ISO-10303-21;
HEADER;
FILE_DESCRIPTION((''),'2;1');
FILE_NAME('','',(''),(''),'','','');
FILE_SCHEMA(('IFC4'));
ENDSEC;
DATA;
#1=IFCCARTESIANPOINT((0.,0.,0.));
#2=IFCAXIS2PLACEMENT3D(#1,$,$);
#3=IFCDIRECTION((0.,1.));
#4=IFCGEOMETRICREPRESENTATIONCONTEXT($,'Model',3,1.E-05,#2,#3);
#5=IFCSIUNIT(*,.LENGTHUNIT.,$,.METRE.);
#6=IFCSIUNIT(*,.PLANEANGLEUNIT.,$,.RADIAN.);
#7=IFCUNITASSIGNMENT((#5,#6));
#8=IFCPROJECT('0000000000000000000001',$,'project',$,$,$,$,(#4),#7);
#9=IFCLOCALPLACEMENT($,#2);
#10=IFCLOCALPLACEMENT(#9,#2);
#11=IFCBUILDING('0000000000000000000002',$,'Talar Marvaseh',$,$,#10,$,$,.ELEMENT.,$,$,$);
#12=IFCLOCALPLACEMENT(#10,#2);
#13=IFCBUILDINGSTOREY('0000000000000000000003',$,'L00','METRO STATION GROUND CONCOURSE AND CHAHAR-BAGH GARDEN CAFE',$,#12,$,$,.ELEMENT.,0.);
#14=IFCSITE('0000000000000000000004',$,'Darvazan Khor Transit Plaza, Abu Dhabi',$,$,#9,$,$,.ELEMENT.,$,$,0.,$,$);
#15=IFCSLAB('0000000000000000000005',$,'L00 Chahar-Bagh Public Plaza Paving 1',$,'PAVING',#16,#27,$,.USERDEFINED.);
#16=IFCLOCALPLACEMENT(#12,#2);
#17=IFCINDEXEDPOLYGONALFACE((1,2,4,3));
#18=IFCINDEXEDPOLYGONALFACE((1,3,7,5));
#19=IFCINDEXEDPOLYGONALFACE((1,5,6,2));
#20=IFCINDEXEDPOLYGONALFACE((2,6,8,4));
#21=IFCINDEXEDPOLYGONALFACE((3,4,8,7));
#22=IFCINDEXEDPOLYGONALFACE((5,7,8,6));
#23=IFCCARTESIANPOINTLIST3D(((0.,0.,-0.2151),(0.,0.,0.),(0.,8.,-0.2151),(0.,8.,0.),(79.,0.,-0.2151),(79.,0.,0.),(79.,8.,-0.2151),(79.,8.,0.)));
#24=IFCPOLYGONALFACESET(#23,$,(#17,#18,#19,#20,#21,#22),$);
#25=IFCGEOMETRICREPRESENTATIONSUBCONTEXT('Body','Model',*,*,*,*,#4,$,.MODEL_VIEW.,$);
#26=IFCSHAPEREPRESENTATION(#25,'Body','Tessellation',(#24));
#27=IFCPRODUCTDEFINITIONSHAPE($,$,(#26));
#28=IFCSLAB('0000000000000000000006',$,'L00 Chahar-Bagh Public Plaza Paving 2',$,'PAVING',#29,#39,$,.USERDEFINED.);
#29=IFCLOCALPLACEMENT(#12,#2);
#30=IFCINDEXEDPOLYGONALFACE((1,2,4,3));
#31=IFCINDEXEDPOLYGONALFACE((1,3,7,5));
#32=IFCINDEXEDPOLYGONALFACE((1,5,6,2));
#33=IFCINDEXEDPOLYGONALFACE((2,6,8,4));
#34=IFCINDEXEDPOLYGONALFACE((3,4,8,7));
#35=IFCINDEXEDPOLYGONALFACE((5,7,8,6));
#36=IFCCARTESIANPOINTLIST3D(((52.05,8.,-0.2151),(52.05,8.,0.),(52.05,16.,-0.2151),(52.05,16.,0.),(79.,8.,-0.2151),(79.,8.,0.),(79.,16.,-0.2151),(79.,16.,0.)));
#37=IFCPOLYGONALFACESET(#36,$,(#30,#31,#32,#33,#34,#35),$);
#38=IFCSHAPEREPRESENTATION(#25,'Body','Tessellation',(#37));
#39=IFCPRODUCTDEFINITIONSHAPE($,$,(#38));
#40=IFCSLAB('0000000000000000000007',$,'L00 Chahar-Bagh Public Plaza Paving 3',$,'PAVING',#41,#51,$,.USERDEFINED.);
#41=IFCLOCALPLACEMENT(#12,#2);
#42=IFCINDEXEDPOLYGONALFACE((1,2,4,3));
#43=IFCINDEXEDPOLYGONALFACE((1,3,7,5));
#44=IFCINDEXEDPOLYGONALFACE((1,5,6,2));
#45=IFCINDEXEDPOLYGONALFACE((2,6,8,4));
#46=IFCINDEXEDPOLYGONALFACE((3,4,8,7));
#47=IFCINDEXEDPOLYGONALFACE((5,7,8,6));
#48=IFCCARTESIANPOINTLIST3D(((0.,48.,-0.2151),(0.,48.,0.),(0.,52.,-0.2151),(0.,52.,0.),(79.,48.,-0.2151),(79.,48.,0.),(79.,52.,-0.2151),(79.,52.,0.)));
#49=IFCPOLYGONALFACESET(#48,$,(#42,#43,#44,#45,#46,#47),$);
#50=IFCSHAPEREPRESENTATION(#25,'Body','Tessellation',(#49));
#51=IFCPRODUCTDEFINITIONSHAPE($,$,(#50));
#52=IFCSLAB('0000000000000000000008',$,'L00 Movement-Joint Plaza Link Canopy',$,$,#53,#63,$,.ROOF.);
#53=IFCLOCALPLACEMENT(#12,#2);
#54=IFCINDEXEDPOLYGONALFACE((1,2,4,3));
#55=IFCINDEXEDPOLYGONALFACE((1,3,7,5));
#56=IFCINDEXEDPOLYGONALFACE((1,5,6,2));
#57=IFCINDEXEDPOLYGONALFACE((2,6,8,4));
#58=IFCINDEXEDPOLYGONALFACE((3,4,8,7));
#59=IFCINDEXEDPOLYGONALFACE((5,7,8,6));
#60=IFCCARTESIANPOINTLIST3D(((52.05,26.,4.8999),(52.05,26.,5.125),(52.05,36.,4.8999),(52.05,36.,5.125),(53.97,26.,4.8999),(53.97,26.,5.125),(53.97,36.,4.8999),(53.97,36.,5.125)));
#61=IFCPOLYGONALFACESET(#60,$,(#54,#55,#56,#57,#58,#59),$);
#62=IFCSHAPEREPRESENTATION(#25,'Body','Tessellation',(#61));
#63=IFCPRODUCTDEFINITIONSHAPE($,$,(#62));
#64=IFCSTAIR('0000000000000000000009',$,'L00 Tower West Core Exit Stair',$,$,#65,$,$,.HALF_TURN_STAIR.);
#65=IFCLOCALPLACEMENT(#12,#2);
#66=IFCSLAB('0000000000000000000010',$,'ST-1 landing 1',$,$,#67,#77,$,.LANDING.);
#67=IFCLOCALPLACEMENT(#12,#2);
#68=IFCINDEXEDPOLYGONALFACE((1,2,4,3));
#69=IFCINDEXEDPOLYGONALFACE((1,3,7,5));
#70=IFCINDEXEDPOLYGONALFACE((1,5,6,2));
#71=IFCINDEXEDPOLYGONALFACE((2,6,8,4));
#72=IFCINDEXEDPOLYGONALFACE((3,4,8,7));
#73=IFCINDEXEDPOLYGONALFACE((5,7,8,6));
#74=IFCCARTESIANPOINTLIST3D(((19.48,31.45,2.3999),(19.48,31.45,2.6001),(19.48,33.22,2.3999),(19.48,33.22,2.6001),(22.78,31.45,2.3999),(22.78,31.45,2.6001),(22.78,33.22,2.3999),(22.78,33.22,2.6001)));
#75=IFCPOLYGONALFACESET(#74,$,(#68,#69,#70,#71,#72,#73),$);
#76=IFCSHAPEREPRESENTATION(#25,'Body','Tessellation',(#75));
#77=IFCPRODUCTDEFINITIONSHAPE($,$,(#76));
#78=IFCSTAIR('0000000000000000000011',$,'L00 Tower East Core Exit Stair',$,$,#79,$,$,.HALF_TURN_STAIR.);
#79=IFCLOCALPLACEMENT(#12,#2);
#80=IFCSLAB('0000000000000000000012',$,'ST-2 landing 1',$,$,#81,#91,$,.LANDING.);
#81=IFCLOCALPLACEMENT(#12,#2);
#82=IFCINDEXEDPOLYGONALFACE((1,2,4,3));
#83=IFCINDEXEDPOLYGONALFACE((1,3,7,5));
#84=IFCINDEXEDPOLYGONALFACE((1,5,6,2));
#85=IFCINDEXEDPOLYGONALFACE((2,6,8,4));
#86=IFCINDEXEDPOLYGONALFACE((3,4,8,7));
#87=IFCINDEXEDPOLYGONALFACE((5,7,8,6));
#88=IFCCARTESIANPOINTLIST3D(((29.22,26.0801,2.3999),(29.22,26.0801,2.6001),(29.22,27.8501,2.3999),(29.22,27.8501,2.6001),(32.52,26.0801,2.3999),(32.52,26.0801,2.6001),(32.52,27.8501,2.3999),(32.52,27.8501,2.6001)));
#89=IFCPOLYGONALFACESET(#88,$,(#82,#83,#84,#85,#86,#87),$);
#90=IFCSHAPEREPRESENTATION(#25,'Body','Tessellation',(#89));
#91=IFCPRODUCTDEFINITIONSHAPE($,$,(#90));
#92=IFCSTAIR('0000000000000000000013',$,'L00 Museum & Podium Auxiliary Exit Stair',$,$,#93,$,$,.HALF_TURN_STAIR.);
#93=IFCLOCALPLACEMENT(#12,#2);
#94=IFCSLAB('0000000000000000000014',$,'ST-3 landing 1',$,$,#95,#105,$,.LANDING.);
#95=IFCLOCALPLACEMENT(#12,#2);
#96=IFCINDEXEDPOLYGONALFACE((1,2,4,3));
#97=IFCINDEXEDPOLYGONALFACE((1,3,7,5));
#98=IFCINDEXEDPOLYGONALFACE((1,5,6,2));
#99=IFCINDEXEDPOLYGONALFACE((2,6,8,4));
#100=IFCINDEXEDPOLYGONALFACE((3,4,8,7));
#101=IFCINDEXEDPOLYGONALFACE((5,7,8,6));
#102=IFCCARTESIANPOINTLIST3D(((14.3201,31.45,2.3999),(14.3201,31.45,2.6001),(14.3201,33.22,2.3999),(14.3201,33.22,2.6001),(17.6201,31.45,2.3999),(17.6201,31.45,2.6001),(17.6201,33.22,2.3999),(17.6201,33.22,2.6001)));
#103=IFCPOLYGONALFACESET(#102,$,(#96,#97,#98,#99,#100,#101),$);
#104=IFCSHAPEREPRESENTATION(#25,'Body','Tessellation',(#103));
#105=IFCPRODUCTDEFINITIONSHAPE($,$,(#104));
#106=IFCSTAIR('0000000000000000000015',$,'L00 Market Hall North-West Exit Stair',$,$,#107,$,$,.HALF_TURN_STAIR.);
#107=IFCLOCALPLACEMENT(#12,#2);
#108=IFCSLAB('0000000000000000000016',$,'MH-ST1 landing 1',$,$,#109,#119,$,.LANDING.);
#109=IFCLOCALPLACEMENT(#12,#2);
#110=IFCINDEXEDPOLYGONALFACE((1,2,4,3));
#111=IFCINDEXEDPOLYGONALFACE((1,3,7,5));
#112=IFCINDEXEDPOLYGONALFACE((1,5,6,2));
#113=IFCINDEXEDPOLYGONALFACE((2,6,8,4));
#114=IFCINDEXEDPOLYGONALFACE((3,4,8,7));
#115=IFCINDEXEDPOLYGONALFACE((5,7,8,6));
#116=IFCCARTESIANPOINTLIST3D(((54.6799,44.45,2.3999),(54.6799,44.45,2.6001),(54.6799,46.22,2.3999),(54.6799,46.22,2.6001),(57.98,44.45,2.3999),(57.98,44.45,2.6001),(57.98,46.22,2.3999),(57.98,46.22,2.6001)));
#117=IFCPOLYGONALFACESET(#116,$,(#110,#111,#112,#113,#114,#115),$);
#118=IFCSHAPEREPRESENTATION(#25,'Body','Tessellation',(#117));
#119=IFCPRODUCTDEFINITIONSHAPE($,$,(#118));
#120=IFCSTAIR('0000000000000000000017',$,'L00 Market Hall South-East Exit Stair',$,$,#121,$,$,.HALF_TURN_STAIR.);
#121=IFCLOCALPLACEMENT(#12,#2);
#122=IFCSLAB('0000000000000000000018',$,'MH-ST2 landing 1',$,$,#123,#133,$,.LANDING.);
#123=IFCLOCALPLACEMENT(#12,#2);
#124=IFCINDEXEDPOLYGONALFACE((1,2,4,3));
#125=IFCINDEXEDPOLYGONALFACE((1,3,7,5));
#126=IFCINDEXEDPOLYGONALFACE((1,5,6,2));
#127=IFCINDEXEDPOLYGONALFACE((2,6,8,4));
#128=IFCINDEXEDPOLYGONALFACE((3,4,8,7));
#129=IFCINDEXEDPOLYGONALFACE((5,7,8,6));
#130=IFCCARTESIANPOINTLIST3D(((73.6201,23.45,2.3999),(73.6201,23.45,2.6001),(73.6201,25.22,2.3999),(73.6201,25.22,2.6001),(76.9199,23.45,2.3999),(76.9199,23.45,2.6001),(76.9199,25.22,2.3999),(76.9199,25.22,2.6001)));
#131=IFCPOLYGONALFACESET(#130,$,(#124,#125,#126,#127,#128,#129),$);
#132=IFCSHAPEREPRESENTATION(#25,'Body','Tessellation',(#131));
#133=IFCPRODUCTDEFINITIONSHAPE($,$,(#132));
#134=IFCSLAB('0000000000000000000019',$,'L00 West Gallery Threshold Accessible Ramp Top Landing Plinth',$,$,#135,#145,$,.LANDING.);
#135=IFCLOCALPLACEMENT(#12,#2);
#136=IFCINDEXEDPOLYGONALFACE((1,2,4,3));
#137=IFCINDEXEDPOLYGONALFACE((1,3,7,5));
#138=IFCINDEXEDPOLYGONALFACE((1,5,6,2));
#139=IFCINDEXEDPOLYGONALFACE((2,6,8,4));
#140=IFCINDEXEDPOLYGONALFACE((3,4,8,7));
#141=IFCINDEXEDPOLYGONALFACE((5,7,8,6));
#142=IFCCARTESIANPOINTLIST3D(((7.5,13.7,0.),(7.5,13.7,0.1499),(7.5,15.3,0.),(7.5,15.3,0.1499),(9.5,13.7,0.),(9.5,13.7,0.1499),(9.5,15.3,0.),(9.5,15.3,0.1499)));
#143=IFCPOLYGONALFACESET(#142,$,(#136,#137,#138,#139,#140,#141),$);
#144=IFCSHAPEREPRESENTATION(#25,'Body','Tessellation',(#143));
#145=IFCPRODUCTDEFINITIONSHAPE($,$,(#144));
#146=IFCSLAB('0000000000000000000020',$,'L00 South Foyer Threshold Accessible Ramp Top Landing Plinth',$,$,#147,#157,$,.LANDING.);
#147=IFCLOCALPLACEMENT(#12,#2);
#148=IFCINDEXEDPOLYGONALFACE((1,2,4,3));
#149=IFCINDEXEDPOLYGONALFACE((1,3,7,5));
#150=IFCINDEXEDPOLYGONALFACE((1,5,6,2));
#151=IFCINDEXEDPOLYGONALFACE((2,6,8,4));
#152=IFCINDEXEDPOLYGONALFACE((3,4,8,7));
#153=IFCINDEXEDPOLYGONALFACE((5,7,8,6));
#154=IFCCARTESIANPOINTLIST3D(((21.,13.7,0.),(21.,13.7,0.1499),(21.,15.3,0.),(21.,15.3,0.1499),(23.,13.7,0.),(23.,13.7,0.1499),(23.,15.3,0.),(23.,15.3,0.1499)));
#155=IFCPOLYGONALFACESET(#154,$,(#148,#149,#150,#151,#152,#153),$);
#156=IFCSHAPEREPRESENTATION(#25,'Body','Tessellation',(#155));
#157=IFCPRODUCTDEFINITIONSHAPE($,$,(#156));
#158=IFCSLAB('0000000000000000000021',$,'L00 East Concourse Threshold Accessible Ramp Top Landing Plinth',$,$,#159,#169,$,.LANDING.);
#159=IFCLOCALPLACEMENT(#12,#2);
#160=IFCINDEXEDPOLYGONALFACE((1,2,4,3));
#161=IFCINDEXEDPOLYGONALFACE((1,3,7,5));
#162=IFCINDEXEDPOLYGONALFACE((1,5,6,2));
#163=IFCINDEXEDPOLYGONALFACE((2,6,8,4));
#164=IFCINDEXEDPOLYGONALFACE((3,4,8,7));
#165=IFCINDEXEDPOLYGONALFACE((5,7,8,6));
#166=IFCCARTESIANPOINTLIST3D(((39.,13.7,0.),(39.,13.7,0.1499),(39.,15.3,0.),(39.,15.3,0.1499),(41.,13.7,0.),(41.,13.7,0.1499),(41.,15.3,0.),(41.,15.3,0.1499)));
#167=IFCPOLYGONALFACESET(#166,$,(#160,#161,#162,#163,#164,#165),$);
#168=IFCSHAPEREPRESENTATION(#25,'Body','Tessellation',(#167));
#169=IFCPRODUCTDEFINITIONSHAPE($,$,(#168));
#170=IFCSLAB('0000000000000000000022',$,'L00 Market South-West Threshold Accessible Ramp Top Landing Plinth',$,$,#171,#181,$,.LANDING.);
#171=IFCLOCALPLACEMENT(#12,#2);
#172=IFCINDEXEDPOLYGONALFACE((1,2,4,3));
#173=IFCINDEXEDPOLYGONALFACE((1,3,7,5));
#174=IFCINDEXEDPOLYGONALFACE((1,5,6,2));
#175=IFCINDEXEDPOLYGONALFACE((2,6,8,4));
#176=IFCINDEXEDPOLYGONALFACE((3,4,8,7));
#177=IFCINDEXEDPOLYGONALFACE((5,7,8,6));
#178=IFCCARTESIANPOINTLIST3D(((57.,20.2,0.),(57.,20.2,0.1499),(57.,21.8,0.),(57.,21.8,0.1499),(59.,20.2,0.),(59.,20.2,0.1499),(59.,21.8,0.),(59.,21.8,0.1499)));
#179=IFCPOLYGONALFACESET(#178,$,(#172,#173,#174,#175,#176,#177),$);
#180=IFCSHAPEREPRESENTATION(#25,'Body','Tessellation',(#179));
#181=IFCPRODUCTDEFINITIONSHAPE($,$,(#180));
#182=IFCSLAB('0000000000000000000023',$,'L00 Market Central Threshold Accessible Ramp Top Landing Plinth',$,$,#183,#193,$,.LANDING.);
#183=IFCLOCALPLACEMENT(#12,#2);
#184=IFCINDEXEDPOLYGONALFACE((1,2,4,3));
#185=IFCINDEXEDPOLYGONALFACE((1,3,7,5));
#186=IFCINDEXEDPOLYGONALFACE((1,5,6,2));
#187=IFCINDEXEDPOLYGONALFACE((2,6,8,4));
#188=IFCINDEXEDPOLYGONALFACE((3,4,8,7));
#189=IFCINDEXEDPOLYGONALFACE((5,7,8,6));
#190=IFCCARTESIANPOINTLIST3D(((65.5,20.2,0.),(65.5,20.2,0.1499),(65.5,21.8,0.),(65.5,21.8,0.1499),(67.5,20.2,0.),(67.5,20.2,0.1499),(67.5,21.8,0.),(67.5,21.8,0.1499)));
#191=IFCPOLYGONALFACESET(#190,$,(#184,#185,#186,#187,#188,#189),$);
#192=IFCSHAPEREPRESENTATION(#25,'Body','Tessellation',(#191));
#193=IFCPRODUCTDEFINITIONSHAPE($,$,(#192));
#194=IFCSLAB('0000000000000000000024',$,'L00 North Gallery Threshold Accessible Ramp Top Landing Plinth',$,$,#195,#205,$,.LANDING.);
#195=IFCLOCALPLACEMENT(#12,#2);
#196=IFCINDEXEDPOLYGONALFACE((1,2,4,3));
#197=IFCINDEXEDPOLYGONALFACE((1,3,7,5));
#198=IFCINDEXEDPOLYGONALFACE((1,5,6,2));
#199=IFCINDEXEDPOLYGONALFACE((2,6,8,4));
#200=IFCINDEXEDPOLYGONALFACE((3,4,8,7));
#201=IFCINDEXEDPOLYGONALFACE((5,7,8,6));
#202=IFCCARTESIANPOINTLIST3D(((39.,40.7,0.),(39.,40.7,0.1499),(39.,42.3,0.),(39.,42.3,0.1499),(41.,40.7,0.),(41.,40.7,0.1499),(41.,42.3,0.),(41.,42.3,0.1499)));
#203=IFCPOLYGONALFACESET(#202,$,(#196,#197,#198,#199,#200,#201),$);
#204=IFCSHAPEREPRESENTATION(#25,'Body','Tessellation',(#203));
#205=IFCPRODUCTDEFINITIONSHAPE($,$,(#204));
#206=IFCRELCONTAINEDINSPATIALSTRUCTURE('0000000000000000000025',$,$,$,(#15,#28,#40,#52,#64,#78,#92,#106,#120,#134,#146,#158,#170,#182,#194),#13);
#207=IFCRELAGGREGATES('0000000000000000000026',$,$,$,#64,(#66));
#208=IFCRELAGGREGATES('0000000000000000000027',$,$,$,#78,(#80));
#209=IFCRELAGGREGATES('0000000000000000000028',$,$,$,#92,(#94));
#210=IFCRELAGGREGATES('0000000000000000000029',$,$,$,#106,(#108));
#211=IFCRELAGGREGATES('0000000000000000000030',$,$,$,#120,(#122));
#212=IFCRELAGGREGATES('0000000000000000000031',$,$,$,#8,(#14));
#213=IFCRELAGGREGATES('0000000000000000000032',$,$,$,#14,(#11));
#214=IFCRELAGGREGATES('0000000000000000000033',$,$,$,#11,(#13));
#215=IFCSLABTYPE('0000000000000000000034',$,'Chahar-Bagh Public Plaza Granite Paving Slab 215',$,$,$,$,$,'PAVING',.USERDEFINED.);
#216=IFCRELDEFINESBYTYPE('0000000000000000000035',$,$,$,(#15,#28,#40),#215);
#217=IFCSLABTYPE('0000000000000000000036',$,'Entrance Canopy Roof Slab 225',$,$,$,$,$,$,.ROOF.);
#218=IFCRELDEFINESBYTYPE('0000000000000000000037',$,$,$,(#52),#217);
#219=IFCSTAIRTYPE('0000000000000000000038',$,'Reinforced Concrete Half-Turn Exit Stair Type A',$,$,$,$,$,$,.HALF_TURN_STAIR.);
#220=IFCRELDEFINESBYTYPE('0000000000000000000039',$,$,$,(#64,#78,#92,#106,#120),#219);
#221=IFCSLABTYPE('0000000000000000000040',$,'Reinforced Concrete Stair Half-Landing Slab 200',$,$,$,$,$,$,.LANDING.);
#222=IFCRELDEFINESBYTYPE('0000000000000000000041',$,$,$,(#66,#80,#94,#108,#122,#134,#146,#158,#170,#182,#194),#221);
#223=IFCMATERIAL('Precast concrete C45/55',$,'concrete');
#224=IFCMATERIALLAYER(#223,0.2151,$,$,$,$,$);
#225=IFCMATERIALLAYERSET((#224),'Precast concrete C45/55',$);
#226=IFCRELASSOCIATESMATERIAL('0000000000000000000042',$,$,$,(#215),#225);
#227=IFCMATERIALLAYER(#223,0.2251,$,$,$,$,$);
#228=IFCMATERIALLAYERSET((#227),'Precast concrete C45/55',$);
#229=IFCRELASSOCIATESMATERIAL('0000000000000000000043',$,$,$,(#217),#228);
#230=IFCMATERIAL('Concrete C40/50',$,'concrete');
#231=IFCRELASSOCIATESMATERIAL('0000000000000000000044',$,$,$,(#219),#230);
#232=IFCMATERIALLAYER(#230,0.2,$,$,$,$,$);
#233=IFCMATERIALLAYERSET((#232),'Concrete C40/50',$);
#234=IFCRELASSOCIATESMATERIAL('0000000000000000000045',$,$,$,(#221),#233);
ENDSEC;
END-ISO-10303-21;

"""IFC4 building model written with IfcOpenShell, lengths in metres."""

from ifc_helpers import new_model, si_unit, direction, frame, origin, place, context, subcontext, project, spatial, polyline, outline, extrude, material, layer, layer_set, type_object, element, aggregate, save


model = new_model("IFC4")

# Units and contexts
model_context = context("Model", 3, precision=1e-05, world=origin(), true_north=direction((0.0, 1.0)))
body_context = subcontext(model_context, "Body", "Model", "MODEL_VIEW")
ifc_project = project(units=[si_unit("LENGTHUNIT", "METRE"), si_unit("PLANEANGLEUNIT", "RADIAN")], contexts=[model_context])

# Site, building, storey
site_placement = place(None, origin())
site = spatial("IfcSite", under=ifc_project, at=site_placement, Name="Darvazan Khor Transit Plaza, Abu Dhabi", CompositionType="ELEMENT", RefElevation=0.0)
building_placement = place(site_placement, origin())
building = spatial("IfcBuilding", under=site, at=building_placement, Name="Talar Marvaseh", CompositionType="ELEMENT")
storey_placement = place(building_placement, origin())
storey = spatial("IfcBuildingStorey", under=building, at=storey_placement, Name="L00", Description="METRO STATION GROUND CONCOURSE AND CHAHAR-BAGH GARDEN CAFE", CompositionType="ELEMENT", Elevation=0.0)

# Slabs
ifc_material_1 = material(Name="Precast concrete C45/55", Category="concrete")
ifc_layer_1 = layer(ifc_material_1, 0.2151)
ifc_layer_set_1 = layer_set([ifc_layer_1], Name="Precast concrete C45/55")
slab_type_1 = type_object("IfcSlabType", Name="Chahar-Bagh Public Plaza Granite Paving Slab 215", ElementType="PAVING", PredefinedType="USERDEFINED", material=ifc_layer_set_1)
slab_1_placement = place(storey_placement, frame((0.0, 0.0, -0.2151)))
element("IfcSlab", 1, at=slab_1_placement, inside=storey, type_object=slab_type_1, Name="L00 Chahar-Bagh Public Plaza Paving 1", ObjectType="PAVING", PredefinedType="USERDEFINED", context=body_context, shape_type="SweptSolid", body=[
    extrude(outline(polyline([(0.0, 0.0), (79.0, 0.0), (79.0, 8.0), (0.0, 8.0), (0.0, 0.0)])), origin(), (0.0, 0.0, 1.0), 0.2151),
])
slab_2_placement = place(storey_placement, frame((0.0, 0.0, -0.2151)))
element("IfcSlab", 2, at=slab_2_placement, inside=storey, type_object=slab_type_1, Name="L00 Chahar-Bagh Public Plaza Paving 2", ObjectType="PAVING", PredefinedType="USERDEFINED", context=body_context, shape_type="SweptSolid", body=[
    extrude(outline(polyline([(52.05, 8.0), (79.0, 8.0), (79.0, 16.0), (52.05, 16.0), (52.05, 8.0)])), origin(), (0.0, 0.0, 1.0), 0.2151),
])
slab_3_placement = place(storey_placement, frame((0.0, 0.0, -0.2151)))
element("IfcSlab", 3, at=slab_3_placement, inside=storey, type_object=slab_type_1, Name="L00 Chahar-Bagh Public Plaza Paving 3", ObjectType="PAVING", PredefinedType="USERDEFINED", context=body_context, shape_type="SweptSolid", body=[
    extrude(outline(polyline([(0.0, 48.0), (79.0, 48.0), (79.0, 52.0), (0.0, 52.0), (0.0, 48.0)])), origin(), (0.0, 0.0, 1.0), 0.2151),
])
ifc_layer_2 = layer(ifc_material_1, 0.2251)
ifc_layer_set_2 = layer_set([ifc_layer_2], Name="Precast concrete C45/55")
slab_type_2 = type_object("IfcSlabType", Name="Entrance Canopy Roof Slab 225", PredefinedType="ROOF", material=ifc_layer_set_2)
slab_4_placement = place(storey_placement, frame((0.0, 0.0, 4.8999)))
element("IfcSlab", 4, at=slab_4_placement, inside=storey, type_object=slab_type_2, Name="L00 Movement-Joint Plaza Link Canopy", PredefinedType="ROOF", context=body_context, shape_type="SweptSolid", body=[
    extrude(outline(polyline([(52.05, 26.0), (53.97, 26.0), (53.97, 36.0), (52.05, 36.0), (52.05, 26.0)])), origin(), (0.0, 0.0, 1.0), 0.2251),
])

# Stairs, slabs
ifc_material_2 = material(Name="Concrete C40/50", Category="concrete")
stair_type = type_object("IfcStairType", Name="Reinforced Concrete Half-Turn Exit Stair Type A", PredefinedType="HALF_TURN_STAIR", material=ifc_material_2)
stair_1_placement = place(storey_placement, origin())
stair_1 = element("IfcStair", 5, at=stair_1_placement, inside=storey, type_object=stair_type, Name="L00 Tower West Core Exit Stair", PredefinedType="HALF_TURN_STAIR")
ifc_layer_3 = layer(ifc_material_2, 0.2)
ifc_layer_set_3 = layer_set([ifc_layer_3], Name="Concrete C40/50")
slab_type_3 = type_object("IfcSlabType", Name="Reinforced Concrete Stair Half-Landing Slab 200", PredefinedType="LANDING", material=ifc_layer_set_3)
slab_5_placement = place(storey_placement, frame((0.0, 0.0, 2.3999)))
slab_5 = element("IfcSlab", 6, at=slab_5_placement, type_object=slab_type_3, Name="ST-1 landing 1", PredefinedType="LANDING", context=body_context, shape_type="SweptSolid", body=[
    extrude(outline(polyline([(22.78, 31.45), (22.78, 33.22), (19.48, 33.22), (19.48, 31.45), (22.78, 31.45)])), origin(), (0.0, 0.0, 1.0), 0.2002),
])
aggregate(stair_1, [slab_5])
stair_2_placement = place(storey_placement, origin())
stair_2 = element("IfcStair", 7, at=stair_2_placement, inside=storey, type_object=stair_type, Name="L00 Tower East Core Exit Stair", PredefinedType="HALF_TURN_STAIR")
slab_6_placement = place(storey_placement, frame((0.0, 0.0, 2.3999)))
slab_6 = element("IfcSlab", 8, at=slab_6_placement, type_object=slab_type_3, Name="ST-2 landing 1", PredefinedType="LANDING", context=body_context, shape_type="SweptSolid", body=[
    extrude(outline(polyline([(29.22, 27.8501), (29.22, 26.0801), (32.52, 26.0801), (32.52, 27.8501), (29.22, 27.8501)])), origin(), (0.0, 0.0, 1.0), 0.2002),
])
aggregate(stair_2, [slab_6])
stair_3_placement = place(storey_placement, origin())
stair_3 = element("IfcStair", 9, at=stair_3_placement, inside=storey, type_object=stair_type, Name="L00 Museum & Podium Auxiliary Exit Stair", PredefinedType="HALF_TURN_STAIR")
slab_7_placement = place(storey_placement, frame((0.0, 0.0, 2.3999)))
slab_7 = element("IfcSlab", 10, at=slab_7_placement, type_object=slab_type_3, Name="ST-3 landing 1", PredefinedType="LANDING", context=body_context, shape_type="SweptSolid", body=[
    extrude(outline(polyline([(17.6201, 31.45), (17.6201, 33.22), (14.3201, 33.22), (14.3201, 31.45), (17.6201, 31.45)])), origin(), (0.0, 0.0, 1.0), 0.2002),
])
aggregate(stair_3, [slab_7])
stair_4_placement = place(storey_placement, origin())
stair_4 = element("IfcStair", 11, at=stair_4_placement, inside=storey, type_object=stair_type, Name="L00 Market Hall North-West Exit Stair", PredefinedType="HALF_TURN_STAIR")
slab_8_placement = place(storey_placement, frame((0.0, 0.0, 2.3999)))
slab_8 = element("IfcSlab", 12, at=slab_8_placement, type_object=slab_type_3, Name="MH-ST1 landing 1", PredefinedType="LANDING", context=body_context, shape_type="SweptSolid", body=[
    extrude(outline(polyline([(57.98, 44.45), (57.98, 46.22), (54.6799, 46.22), (54.6799, 44.45), (57.98, 44.45)])), origin(), (0.0, 0.0, 1.0), 0.2002),
])
aggregate(stair_4, [slab_8])
stair_5_placement = place(storey_placement, origin())
stair_5 = element("IfcStair", 13, at=stair_5_placement, inside=storey, type_object=stair_type, Name="L00 Market Hall South-East Exit Stair", PredefinedType="HALF_TURN_STAIR")
slab_9_placement = place(storey_placement, frame((0.0, 0.0, 2.3999)))
slab_9 = element("IfcSlab", 14, at=slab_9_placement, type_object=slab_type_3, Name="MH-ST2 landing 1", PredefinedType="LANDING", context=body_context, shape_type="SweptSolid", body=[
    extrude(outline(polyline([(76.9199, 23.45), (76.9199, 25.22), (73.6201, 25.22), (73.6201, 23.45), (76.9199, 23.45)])), origin(), (0.0, 0.0, 1.0), 0.2002),
])
aggregate(stair_5, [slab_9])

# Slabs
slab_10_placement = place(storey_placement, origin())
element("IfcSlab", 15, at=slab_10_placement, inside=storey, type_object=slab_type_3, Name="L00 West Gallery Threshold Accessible Ramp Top Landing Plinth", PredefinedType="LANDING", context=body_context, shape_type="SweptSolid", body=[
    extrude(outline(polyline([(7.5, 13.7), (9.5, 13.7), (9.5, 15.3), (7.5, 15.3), (7.5, 13.7)])), origin(), (0.0, 0.0, 1.0), 0.1499),
])
slab_11_placement = place(storey_placement, origin())
element("IfcSlab", 16, at=slab_11_placement, inside=storey, type_object=slab_type_3, Name="L00 South Foyer Threshold Accessible Ramp Top Landing Plinth", PredefinedType="LANDING", context=body_context, shape_type="SweptSolid", body=[
    extrude(outline(polyline([(21.0, 13.7), (23.0, 13.7), (23.0, 15.3), (21.0, 15.3), (21.0, 13.7)])), origin(), (0.0, 0.0, 1.0), 0.1499),
])
slab_12_placement = place(storey_placement, origin())
element("IfcSlab", 17, at=slab_12_placement, inside=storey, type_object=slab_type_3, Name="L00 East Concourse Threshold Accessible Ramp Top Landing Plinth", PredefinedType="LANDING", context=body_context, shape_type="SweptSolid", body=[
    extrude(outline(polyline([(39.0, 13.7), (41.0, 13.7), (41.0, 15.3), (39.0, 15.3), (39.0, 13.7)])), origin(), (0.0, 0.0, 1.0), 0.1499),
])
slab_13_placement = place(storey_placement, origin())
element("IfcSlab", 18, at=slab_13_placement, inside=storey, type_object=slab_type_3, Name="L00 Market South-West Threshold Accessible Ramp Top Landing Plinth", PredefinedType="LANDING", context=body_context, shape_type="SweptSolid", body=[
    extrude(outline(polyline([(57.0, 20.2), (59.0, 20.2), (59.0, 21.8), (57.0, 21.8), (57.0, 20.2)])), origin(), (0.0, 0.0, 1.0), 0.1499),
])
slab_14_placement = place(storey_placement, origin())
element("IfcSlab", 19, at=slab_14_placement, inside=storey, type_object=slab_type_3, Name="L00 Market Central Threshold Accessible Ramp Top Landing Plinth", PredefinedType="LANDING", context=body_context, shape_type="SweptSolid", body=[
    extrude(outline(polyline([(65.5, 20.2), (67.5, 20.2), (67.5, 21.8), (65.5, 21.8), (65.5, 20.2)])), origin(), (0.0, 0.0, 1.0), 0.1499),
])
slab_15_placement = place(storey_placement, origin())
element("IfcSlab", 20, at=slab_15_placement, inside=storey, type_object=slab_type_3, Name="L00 North Gallery Threshold Accessible Ramp Top Landing Plinth", PredefinedType="LANDING", context=body_context, shape_type="SweptSolid", body=[
    extrude(outline(polyline([(39.0, 40.7), (41.0, 40.7), (41.0, 42.3), (39.0, 42.3), (39.0, 40.7)])), origin(), (0.0, 0.0, 1.0), 0.1499),
])

save(model, "model.ifc")
